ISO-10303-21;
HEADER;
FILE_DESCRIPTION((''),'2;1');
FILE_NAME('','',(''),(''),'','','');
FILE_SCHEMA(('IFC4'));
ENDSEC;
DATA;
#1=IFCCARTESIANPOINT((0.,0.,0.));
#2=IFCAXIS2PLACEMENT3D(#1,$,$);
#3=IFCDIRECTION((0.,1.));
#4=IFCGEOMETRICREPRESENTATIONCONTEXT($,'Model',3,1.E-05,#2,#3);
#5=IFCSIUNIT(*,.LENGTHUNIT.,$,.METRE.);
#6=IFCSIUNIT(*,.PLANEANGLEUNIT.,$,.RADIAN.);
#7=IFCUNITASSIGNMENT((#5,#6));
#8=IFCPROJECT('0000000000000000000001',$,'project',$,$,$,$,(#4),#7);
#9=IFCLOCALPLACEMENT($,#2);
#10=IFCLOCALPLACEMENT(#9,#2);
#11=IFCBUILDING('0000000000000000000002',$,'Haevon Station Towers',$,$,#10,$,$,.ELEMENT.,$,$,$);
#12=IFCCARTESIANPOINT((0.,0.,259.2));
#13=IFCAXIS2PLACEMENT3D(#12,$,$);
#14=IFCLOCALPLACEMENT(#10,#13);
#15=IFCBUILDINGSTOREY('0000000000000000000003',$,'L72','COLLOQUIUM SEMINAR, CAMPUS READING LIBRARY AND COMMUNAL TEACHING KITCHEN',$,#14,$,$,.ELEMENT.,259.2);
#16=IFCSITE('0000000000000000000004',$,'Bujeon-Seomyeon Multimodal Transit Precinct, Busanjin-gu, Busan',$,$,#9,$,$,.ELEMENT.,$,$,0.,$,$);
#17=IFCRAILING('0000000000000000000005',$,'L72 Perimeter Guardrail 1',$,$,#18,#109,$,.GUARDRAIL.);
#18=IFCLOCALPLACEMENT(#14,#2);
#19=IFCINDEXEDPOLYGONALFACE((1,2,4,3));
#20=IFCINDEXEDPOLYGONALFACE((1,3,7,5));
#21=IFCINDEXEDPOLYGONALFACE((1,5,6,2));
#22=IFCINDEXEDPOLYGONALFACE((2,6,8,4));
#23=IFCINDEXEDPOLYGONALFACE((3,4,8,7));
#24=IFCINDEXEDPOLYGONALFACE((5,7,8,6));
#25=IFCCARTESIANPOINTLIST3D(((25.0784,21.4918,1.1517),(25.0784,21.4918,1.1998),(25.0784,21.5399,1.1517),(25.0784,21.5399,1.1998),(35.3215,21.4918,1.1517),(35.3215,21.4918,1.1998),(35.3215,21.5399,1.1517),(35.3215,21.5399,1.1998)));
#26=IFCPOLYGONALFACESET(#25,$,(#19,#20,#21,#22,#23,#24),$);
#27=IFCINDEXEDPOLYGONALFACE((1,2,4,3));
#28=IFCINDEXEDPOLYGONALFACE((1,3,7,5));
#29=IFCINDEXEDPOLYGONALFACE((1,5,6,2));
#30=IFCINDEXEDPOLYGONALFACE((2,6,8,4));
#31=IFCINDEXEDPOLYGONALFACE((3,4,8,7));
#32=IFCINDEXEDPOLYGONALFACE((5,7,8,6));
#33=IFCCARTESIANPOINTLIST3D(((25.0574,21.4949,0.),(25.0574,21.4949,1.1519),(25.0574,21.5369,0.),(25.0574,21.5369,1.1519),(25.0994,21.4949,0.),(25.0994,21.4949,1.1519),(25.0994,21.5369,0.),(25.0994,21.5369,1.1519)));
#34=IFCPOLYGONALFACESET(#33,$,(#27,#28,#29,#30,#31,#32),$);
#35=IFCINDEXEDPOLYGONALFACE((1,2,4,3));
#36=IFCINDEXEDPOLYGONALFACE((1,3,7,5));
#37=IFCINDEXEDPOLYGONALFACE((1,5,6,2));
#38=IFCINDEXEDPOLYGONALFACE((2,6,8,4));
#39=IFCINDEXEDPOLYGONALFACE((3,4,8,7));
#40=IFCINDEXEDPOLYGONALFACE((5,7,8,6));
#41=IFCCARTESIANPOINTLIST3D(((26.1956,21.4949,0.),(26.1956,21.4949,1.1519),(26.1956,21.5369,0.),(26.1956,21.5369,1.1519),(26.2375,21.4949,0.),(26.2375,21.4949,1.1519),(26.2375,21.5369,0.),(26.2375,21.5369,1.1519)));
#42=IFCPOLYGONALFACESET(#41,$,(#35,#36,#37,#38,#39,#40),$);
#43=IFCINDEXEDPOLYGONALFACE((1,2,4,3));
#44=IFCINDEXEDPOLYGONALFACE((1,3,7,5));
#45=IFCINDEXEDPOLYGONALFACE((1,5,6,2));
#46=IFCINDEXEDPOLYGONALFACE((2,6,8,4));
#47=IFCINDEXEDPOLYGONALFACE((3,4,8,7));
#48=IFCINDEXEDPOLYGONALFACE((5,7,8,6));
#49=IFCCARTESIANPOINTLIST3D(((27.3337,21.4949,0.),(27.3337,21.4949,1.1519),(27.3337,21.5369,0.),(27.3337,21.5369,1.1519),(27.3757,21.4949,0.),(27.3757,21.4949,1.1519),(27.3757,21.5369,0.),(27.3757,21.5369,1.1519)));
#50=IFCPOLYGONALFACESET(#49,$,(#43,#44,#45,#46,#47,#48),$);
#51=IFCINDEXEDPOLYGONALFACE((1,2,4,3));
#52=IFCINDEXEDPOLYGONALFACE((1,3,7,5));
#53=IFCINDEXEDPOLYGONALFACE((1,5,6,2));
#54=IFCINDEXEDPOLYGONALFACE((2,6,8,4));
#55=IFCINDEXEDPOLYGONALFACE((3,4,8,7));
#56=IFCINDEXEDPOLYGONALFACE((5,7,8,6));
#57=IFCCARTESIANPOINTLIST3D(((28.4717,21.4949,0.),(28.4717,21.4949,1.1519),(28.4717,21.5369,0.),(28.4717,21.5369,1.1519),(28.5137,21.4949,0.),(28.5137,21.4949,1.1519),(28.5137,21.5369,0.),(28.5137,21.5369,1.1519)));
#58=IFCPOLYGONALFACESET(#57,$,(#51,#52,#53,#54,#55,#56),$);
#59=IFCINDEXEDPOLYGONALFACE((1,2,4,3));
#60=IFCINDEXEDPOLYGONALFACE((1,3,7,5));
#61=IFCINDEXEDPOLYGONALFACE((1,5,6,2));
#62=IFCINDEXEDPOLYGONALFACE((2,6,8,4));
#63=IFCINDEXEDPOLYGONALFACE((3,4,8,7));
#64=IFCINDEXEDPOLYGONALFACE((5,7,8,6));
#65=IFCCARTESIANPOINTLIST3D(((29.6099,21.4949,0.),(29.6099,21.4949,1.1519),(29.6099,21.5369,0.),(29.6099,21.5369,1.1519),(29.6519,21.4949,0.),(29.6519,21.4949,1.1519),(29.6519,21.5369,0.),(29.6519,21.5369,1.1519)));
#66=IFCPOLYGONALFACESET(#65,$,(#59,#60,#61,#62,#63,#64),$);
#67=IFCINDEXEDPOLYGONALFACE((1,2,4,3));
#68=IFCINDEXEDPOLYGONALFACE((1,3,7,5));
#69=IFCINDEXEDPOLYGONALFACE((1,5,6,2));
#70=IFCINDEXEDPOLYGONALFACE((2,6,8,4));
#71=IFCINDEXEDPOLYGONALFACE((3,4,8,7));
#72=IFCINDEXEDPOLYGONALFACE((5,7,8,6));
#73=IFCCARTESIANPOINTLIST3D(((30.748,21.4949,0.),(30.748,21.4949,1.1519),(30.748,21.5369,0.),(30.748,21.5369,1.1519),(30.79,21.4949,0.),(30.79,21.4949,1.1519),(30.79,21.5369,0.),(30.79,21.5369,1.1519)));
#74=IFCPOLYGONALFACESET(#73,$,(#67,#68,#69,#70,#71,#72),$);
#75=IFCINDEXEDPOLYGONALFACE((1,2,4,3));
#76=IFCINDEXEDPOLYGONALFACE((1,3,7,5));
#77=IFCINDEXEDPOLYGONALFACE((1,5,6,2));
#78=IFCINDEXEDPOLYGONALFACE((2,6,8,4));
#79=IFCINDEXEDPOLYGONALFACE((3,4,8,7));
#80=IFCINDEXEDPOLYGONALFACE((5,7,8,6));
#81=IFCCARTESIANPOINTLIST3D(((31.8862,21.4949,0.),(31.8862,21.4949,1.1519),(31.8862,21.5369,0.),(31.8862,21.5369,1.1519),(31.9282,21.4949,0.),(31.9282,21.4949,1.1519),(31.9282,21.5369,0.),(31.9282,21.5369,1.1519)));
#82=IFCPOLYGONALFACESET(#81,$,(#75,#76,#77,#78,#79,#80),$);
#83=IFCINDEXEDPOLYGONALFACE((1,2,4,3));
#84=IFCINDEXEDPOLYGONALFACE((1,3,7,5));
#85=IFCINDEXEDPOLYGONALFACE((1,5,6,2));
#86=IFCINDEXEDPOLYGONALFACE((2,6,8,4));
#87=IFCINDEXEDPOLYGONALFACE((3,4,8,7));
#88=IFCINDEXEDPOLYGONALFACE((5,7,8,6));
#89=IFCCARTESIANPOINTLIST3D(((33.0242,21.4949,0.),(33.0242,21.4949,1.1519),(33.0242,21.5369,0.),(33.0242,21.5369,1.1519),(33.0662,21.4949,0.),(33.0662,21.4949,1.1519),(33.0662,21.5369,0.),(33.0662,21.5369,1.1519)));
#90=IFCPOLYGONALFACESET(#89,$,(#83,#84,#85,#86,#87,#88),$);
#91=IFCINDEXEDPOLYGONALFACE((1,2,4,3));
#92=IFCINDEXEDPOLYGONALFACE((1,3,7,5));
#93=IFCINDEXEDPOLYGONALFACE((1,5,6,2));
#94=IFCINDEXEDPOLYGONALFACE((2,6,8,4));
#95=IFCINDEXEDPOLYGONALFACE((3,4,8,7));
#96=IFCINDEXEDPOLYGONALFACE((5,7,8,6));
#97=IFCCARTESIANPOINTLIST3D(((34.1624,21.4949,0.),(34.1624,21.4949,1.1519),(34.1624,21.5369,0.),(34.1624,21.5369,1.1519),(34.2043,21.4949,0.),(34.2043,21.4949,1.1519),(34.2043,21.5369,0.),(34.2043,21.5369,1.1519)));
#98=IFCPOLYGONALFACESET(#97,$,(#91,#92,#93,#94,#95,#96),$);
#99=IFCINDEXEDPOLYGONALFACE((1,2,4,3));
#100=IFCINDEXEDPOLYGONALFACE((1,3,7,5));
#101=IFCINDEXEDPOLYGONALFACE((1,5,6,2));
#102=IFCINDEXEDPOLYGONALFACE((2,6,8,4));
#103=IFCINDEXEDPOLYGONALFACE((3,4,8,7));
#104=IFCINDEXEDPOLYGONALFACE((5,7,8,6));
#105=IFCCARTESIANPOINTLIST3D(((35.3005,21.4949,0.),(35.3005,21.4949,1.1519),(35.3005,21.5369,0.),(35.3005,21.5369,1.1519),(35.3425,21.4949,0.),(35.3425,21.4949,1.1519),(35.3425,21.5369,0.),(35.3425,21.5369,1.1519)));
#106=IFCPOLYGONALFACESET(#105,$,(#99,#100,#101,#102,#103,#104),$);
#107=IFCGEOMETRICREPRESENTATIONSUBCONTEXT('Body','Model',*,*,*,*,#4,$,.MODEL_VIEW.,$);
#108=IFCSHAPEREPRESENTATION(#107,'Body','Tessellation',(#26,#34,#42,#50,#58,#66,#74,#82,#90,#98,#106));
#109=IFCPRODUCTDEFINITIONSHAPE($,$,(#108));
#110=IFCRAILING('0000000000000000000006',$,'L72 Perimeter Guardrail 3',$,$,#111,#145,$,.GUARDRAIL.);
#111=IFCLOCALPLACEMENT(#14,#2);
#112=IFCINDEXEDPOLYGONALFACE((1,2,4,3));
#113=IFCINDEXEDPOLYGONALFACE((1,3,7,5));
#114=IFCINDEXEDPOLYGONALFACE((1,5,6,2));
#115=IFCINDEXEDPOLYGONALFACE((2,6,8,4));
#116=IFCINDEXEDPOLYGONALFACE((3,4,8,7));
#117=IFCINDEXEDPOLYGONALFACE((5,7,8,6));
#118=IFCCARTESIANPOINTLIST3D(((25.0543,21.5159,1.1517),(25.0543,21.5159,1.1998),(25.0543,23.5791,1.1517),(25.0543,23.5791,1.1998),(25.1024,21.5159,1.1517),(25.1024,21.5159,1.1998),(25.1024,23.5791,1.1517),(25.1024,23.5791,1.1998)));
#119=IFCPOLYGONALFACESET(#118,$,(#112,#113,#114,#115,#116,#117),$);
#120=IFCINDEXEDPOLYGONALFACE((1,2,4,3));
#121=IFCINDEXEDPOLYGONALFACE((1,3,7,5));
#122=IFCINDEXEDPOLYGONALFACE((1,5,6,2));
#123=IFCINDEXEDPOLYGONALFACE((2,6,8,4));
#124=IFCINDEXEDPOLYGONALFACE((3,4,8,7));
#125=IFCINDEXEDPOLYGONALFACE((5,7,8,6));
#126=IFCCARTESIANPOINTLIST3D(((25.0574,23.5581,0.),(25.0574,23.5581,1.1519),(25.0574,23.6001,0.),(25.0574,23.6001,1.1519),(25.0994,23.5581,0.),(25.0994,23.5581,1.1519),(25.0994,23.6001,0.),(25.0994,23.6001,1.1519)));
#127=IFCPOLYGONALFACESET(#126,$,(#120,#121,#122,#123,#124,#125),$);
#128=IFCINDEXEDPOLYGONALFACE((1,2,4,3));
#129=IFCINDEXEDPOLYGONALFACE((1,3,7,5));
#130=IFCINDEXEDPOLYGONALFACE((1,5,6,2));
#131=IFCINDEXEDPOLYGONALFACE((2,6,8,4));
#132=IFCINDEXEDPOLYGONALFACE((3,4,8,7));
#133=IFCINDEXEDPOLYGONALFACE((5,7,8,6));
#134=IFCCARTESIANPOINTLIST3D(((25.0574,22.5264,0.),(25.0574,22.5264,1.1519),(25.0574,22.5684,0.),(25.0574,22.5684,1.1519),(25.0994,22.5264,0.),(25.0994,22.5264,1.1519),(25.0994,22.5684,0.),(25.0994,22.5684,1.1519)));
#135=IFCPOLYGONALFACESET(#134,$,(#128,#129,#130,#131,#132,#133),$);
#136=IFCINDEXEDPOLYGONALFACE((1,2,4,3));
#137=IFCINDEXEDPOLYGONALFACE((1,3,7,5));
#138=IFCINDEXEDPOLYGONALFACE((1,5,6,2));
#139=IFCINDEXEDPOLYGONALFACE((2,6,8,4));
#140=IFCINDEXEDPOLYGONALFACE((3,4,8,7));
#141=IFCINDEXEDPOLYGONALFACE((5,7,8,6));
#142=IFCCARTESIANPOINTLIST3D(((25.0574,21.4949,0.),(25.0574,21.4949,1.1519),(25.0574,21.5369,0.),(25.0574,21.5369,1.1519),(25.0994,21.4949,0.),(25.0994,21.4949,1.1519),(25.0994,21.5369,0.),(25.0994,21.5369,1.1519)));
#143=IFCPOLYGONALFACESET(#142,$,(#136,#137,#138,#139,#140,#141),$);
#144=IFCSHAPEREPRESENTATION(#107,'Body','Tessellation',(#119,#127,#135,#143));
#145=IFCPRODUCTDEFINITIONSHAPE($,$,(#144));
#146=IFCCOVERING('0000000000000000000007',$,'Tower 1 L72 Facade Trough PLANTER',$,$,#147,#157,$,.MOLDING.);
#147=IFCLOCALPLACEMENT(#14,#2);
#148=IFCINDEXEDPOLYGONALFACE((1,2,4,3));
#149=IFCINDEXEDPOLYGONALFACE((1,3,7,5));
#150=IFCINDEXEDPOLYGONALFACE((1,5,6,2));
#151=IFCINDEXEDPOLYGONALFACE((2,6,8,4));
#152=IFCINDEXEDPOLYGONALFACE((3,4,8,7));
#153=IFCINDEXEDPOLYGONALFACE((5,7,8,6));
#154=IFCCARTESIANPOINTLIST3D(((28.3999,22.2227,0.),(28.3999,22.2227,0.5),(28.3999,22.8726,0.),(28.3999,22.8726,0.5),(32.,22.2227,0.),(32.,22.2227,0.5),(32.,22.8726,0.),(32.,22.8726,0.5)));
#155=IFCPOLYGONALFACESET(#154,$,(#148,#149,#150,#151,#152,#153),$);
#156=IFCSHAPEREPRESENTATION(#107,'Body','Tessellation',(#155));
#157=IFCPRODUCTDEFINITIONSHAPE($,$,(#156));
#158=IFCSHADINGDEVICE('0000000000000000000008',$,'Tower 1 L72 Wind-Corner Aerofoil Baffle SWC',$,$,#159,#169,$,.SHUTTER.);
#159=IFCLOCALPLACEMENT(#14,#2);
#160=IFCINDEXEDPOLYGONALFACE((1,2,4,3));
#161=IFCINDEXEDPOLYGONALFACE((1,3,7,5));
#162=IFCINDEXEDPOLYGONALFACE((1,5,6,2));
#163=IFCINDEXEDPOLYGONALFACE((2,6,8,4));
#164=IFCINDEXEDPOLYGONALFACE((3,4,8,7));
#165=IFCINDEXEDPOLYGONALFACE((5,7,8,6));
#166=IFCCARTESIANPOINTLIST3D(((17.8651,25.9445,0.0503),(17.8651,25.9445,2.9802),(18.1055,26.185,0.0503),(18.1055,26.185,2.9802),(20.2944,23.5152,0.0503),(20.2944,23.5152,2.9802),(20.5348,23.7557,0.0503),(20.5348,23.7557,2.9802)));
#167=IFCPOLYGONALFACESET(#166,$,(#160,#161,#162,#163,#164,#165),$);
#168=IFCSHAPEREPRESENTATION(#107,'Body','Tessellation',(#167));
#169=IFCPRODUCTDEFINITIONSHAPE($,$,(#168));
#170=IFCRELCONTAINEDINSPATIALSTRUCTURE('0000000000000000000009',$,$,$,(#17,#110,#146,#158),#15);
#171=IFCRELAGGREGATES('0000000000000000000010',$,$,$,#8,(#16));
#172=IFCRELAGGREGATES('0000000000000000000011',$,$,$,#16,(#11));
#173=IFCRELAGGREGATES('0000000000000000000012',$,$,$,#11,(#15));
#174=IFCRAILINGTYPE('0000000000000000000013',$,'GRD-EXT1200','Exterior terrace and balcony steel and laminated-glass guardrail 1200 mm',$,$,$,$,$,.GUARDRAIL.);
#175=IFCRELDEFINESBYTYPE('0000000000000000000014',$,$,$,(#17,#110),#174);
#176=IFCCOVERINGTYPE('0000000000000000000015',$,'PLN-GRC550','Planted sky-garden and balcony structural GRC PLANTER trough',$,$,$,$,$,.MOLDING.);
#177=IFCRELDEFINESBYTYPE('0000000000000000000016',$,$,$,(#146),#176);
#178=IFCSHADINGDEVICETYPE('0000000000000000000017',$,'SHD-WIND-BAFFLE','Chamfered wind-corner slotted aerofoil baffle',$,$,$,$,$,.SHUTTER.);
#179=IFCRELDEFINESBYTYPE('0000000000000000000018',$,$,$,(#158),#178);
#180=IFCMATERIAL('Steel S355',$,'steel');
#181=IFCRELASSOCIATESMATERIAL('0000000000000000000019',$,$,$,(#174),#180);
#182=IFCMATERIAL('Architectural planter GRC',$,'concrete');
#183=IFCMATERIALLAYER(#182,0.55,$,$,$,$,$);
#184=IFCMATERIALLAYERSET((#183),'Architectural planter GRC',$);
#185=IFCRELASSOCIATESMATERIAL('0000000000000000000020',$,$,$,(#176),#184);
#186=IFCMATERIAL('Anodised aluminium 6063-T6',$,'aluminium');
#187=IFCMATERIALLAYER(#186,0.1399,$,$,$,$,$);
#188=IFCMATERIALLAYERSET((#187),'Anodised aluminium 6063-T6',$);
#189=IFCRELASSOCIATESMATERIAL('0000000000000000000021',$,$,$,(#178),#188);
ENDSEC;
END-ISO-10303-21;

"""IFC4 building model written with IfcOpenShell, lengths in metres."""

from ifc_helpers import new_model, si_unit, direction, frame, origin, origin_2d, place, context, subcontext, project, spatial, rectangle, extrude, material, layer, layer_set, type_object, element, save


model = new_model("IFC4")

# Units and contexts
model_context = context("Model", 3, precision=1e-05, world=origin(), true_north=direction((0.0, 1.0)))
body_context = subcontext(model_context, "Body", "Model", "MODEL_VIEW")
ifc_project = project(units=[si_unit("LENGTHUNIT", "METRE"), si_unit("PLANEANGLEUNIT", "RADIAN")], contexts=[model_context])

# Site, building, storey
site_placement = place(None, origin())
site = spatial("IfcSite", under=ifc_project, at=site_placement, Name="Bujeon-Seomyeon Multimodal Transit Precinct, Busanjin-gu, Busan", CompositionType="ELEMENT", RefElevation=0.0)
building_placement = place(site_placement, origin())
building = spatial("IfcBuilding", under=site, at=building_placement, Name="Haevon Station Towers", CompositionType="ELEMENT")
storey_placement = place(building_placement, frame((0.0, 0.0, 259.2)))
storey = spatial("IfcBuildingStorey", under=building, at=storey_placement, Name="L72", Description="COLLOQUIUM SEMINAR, CAMPUS READING LIBRARY AND COMMUNAL TEACHING KITCHEN", CompositionType="ELEMENT", Elevation=259.2)

# Shared definitions
ifc_material_1 = material(Name="Steel S355", Category="steel")

# Railings
railing_type = type_object("IfcRailingType", Name="GRD-EXT1200", Description="Exterior terrace and balcony steel and laminated-glass guardrail 1200 mm", PredefinedType="GUARDRAIL", material=ifc_material_1)
railing_1_placement = place(storey_placement, frame((25.0784, 21.5159, 0.0)))
element("IfcRailing", 1, at=railing_1_placement, inside=storey, type_object=railing_type, Name="L72 Perimeter Guardrail 1", PredefinedType="GUARDRAIL", context=body_context, shape_type="SweptSolid", body=[
    extrude(rectangle(XDim=0.0481, YDim=0.0481, at=origin_2d()), frame((0.0, 0.0, 1.1758), z_axis=(1.0, 0.0, 0.0), x_axis=(0.0, 1.0, 0.0)), (0.0, 0.0, 1.0), 10.2432),
    extrude(rectangle(XDim=0.042, YDim=0.042, at=origin_2d()), origin(), (0.0, 0.0, 1.0), 1.1519),
    extrude(rectangle(XDim=0.042, YDim=0.042, at=origin_2d()), frame((1.1382, 0.0, 0.0)), (0.0, 0.0, 1.0), 1.1519),
    extrude(rectangle(XDim=0.042, YDim=0.042, at=origin_2d()), frame((2.2764, 0.0, 0.0)), (0.0, 0.0, 1.0), 1.1519),
    extrude(rectangle(XDim=0.042, YDim=0.042, at=origin_2d()), frame((3.4143, 0.0, 0.0)), (0.0, 0.0, 1.0), 1.1519),
    extrude(rectangle(XDim=0.042, YDim=0.042, at=origin_2d()), frame((4.5525, 0.0, 0.0)), (0.0, 0.0, 1.0), 1.1519),
    extrude(rectangle(XDim=0.042, YDim=0.042, at=origin_2d()), frame((5.6907, 0.0, 0.0)), (0.0, 0.0, 1.0), 1.1519),
    extrude(rectangle(XDim=0.042, YDim=0.042, at=origin_2d()), frame((6.8289, 0.0, 0.0)), (0.0, 0.0, 1.0), 1.1519),
    extrude(rectangle(XDim=0.042, YDim=0.042, at=origin_2d()), frame((7.9668, 0.0, 0.0)), (0.0, 0.0, 1.0), 1.1519),
    extrude(rectangle(XDim=0.042, YDim=0.042, at=origin_2d()), frame((9.105, 0.0, 0.0)), (0.0, 0.0, 1.0), 1.1519),
    extrude(rectangle(XDim=0.042, YDim=0.042, at=origin_2d()), frame((10.2432, 0.0, 0.0)), (0.0, 0.0, 1.0), 1.1519),
])
railing_2_placement = place(storey_placement, frame((25.0784, 23.5791, 0.0)))
element("IfcRailing", 2, at=railing_2_placement, inside=storey, type_object=railing_type, Name="L72 Perimeter Guardrail 3", PredefinedType="GUARDRAIL", context=body_context, shape_type="SweptSolid", body=[
    extrude(rectangle(XDim=0.0481, YDim=0.0481, at=origin_2d()), frame((0.0, 0.0, 1.1758), z_axis=(0.0, -1.0, 0.0), x_axis=(1.0, 0.0, 0.0)), (0.0, 0.0, 1.0), 2.0632),
    extrude(rectangle(XDim=0.042, YDim=0.042, at=origin_2d()), origin(), (0.0, 0.0, 1.0), 1.1519),
    extrude(rectangle(XDim=0.042, YDim=0.042, at=origin_2d()), frame((0.0, -1.0317, 0.0)), (0.0, 0.0, 1.0), 1.1519),
    extrude(rectangle(XDim=0.042, YDim=0.042, at=origin_2d()), frame((0.0, -2.0632, 0.0)), (0.0, 0.0, 1.0), 1.1519),
])

# Covering
ifc_material_2 = material(Name="Architectural planter GRC", Category="concrete")
ifc_layer_1 = layer(ifc_material_2, 0.55)
ifc_layer_set_1 = layer_set([ifc_layer_1], Name="Architectural planter GRC")
covering_type = type_object("IfcCoveringType", Name="PLN-GRC550", Description="Planted sky-garden and balcony structural GRC PLANTER trough", PredefinedType="MOLDING", material=ifc_layer_set_1)
covering_placement = place(storey_placement, frame((30.2, 22.5476, 0.0), z_axis=(0.0, 0.0, 1.0), x_axis=(1.0, 0.0, 0.0)))
element("IfcCovering", 3, at=covering_placement, inside=storey, type_object=covering_type, Name="Tower 1 L72 Facade Trough PLANTER", PredefinedType="MOLDING", context=body_context, shape_type="SweptSolid", body=[
    extrude(rectangle(XDim=3.6001, YDim=0.6499, at=origin_2d()), origin(), (0.0, 0.0, 1.0), 0.5),
])

# Shading device
ifc_material_3 = material(Name="Anodised aluminium 6063-T6", Category="aluminium")
ifc_layer_2 = layer(ifc_material_3, 0.1399)
ifc_layer_set_2 = layer_set([ifc_layer_2], Name="Anodised aluminium 6063-T6")
shading_device_type = type_object("IfcShadingDeviceType", Name="SHD-WIND-BAFFLE", Description="Chamfered wind-corner slotted aerofoil baffle", PredefinedType="SHUTTER", material=ifc_layer_set_2)
shading_device_placement = place(storey_placement, frame((19.2, 24.8501, 0.0503), z_axis=(0.0, 0.0, 1.0), x_axis=(-0.707107, 0.707107, 0.0)))
element("IfcShadingDevice", 4, at=shading_device_placement, inside=storey, type_object=shading_device_type, Name="Tower 1 L72 Wind-Corner Aerofoil Baffle SWC", PredefinedType="SHUTTER", context=body_context, shape_type="SweptSolid", body=[
    extrude(rectangle(XDim=3.4355, YDim=0.3401, at=origin_2d()), origin(), (0.0, 0.0, 1.0), 2.9299),
])

save(model, "model.ifc")
